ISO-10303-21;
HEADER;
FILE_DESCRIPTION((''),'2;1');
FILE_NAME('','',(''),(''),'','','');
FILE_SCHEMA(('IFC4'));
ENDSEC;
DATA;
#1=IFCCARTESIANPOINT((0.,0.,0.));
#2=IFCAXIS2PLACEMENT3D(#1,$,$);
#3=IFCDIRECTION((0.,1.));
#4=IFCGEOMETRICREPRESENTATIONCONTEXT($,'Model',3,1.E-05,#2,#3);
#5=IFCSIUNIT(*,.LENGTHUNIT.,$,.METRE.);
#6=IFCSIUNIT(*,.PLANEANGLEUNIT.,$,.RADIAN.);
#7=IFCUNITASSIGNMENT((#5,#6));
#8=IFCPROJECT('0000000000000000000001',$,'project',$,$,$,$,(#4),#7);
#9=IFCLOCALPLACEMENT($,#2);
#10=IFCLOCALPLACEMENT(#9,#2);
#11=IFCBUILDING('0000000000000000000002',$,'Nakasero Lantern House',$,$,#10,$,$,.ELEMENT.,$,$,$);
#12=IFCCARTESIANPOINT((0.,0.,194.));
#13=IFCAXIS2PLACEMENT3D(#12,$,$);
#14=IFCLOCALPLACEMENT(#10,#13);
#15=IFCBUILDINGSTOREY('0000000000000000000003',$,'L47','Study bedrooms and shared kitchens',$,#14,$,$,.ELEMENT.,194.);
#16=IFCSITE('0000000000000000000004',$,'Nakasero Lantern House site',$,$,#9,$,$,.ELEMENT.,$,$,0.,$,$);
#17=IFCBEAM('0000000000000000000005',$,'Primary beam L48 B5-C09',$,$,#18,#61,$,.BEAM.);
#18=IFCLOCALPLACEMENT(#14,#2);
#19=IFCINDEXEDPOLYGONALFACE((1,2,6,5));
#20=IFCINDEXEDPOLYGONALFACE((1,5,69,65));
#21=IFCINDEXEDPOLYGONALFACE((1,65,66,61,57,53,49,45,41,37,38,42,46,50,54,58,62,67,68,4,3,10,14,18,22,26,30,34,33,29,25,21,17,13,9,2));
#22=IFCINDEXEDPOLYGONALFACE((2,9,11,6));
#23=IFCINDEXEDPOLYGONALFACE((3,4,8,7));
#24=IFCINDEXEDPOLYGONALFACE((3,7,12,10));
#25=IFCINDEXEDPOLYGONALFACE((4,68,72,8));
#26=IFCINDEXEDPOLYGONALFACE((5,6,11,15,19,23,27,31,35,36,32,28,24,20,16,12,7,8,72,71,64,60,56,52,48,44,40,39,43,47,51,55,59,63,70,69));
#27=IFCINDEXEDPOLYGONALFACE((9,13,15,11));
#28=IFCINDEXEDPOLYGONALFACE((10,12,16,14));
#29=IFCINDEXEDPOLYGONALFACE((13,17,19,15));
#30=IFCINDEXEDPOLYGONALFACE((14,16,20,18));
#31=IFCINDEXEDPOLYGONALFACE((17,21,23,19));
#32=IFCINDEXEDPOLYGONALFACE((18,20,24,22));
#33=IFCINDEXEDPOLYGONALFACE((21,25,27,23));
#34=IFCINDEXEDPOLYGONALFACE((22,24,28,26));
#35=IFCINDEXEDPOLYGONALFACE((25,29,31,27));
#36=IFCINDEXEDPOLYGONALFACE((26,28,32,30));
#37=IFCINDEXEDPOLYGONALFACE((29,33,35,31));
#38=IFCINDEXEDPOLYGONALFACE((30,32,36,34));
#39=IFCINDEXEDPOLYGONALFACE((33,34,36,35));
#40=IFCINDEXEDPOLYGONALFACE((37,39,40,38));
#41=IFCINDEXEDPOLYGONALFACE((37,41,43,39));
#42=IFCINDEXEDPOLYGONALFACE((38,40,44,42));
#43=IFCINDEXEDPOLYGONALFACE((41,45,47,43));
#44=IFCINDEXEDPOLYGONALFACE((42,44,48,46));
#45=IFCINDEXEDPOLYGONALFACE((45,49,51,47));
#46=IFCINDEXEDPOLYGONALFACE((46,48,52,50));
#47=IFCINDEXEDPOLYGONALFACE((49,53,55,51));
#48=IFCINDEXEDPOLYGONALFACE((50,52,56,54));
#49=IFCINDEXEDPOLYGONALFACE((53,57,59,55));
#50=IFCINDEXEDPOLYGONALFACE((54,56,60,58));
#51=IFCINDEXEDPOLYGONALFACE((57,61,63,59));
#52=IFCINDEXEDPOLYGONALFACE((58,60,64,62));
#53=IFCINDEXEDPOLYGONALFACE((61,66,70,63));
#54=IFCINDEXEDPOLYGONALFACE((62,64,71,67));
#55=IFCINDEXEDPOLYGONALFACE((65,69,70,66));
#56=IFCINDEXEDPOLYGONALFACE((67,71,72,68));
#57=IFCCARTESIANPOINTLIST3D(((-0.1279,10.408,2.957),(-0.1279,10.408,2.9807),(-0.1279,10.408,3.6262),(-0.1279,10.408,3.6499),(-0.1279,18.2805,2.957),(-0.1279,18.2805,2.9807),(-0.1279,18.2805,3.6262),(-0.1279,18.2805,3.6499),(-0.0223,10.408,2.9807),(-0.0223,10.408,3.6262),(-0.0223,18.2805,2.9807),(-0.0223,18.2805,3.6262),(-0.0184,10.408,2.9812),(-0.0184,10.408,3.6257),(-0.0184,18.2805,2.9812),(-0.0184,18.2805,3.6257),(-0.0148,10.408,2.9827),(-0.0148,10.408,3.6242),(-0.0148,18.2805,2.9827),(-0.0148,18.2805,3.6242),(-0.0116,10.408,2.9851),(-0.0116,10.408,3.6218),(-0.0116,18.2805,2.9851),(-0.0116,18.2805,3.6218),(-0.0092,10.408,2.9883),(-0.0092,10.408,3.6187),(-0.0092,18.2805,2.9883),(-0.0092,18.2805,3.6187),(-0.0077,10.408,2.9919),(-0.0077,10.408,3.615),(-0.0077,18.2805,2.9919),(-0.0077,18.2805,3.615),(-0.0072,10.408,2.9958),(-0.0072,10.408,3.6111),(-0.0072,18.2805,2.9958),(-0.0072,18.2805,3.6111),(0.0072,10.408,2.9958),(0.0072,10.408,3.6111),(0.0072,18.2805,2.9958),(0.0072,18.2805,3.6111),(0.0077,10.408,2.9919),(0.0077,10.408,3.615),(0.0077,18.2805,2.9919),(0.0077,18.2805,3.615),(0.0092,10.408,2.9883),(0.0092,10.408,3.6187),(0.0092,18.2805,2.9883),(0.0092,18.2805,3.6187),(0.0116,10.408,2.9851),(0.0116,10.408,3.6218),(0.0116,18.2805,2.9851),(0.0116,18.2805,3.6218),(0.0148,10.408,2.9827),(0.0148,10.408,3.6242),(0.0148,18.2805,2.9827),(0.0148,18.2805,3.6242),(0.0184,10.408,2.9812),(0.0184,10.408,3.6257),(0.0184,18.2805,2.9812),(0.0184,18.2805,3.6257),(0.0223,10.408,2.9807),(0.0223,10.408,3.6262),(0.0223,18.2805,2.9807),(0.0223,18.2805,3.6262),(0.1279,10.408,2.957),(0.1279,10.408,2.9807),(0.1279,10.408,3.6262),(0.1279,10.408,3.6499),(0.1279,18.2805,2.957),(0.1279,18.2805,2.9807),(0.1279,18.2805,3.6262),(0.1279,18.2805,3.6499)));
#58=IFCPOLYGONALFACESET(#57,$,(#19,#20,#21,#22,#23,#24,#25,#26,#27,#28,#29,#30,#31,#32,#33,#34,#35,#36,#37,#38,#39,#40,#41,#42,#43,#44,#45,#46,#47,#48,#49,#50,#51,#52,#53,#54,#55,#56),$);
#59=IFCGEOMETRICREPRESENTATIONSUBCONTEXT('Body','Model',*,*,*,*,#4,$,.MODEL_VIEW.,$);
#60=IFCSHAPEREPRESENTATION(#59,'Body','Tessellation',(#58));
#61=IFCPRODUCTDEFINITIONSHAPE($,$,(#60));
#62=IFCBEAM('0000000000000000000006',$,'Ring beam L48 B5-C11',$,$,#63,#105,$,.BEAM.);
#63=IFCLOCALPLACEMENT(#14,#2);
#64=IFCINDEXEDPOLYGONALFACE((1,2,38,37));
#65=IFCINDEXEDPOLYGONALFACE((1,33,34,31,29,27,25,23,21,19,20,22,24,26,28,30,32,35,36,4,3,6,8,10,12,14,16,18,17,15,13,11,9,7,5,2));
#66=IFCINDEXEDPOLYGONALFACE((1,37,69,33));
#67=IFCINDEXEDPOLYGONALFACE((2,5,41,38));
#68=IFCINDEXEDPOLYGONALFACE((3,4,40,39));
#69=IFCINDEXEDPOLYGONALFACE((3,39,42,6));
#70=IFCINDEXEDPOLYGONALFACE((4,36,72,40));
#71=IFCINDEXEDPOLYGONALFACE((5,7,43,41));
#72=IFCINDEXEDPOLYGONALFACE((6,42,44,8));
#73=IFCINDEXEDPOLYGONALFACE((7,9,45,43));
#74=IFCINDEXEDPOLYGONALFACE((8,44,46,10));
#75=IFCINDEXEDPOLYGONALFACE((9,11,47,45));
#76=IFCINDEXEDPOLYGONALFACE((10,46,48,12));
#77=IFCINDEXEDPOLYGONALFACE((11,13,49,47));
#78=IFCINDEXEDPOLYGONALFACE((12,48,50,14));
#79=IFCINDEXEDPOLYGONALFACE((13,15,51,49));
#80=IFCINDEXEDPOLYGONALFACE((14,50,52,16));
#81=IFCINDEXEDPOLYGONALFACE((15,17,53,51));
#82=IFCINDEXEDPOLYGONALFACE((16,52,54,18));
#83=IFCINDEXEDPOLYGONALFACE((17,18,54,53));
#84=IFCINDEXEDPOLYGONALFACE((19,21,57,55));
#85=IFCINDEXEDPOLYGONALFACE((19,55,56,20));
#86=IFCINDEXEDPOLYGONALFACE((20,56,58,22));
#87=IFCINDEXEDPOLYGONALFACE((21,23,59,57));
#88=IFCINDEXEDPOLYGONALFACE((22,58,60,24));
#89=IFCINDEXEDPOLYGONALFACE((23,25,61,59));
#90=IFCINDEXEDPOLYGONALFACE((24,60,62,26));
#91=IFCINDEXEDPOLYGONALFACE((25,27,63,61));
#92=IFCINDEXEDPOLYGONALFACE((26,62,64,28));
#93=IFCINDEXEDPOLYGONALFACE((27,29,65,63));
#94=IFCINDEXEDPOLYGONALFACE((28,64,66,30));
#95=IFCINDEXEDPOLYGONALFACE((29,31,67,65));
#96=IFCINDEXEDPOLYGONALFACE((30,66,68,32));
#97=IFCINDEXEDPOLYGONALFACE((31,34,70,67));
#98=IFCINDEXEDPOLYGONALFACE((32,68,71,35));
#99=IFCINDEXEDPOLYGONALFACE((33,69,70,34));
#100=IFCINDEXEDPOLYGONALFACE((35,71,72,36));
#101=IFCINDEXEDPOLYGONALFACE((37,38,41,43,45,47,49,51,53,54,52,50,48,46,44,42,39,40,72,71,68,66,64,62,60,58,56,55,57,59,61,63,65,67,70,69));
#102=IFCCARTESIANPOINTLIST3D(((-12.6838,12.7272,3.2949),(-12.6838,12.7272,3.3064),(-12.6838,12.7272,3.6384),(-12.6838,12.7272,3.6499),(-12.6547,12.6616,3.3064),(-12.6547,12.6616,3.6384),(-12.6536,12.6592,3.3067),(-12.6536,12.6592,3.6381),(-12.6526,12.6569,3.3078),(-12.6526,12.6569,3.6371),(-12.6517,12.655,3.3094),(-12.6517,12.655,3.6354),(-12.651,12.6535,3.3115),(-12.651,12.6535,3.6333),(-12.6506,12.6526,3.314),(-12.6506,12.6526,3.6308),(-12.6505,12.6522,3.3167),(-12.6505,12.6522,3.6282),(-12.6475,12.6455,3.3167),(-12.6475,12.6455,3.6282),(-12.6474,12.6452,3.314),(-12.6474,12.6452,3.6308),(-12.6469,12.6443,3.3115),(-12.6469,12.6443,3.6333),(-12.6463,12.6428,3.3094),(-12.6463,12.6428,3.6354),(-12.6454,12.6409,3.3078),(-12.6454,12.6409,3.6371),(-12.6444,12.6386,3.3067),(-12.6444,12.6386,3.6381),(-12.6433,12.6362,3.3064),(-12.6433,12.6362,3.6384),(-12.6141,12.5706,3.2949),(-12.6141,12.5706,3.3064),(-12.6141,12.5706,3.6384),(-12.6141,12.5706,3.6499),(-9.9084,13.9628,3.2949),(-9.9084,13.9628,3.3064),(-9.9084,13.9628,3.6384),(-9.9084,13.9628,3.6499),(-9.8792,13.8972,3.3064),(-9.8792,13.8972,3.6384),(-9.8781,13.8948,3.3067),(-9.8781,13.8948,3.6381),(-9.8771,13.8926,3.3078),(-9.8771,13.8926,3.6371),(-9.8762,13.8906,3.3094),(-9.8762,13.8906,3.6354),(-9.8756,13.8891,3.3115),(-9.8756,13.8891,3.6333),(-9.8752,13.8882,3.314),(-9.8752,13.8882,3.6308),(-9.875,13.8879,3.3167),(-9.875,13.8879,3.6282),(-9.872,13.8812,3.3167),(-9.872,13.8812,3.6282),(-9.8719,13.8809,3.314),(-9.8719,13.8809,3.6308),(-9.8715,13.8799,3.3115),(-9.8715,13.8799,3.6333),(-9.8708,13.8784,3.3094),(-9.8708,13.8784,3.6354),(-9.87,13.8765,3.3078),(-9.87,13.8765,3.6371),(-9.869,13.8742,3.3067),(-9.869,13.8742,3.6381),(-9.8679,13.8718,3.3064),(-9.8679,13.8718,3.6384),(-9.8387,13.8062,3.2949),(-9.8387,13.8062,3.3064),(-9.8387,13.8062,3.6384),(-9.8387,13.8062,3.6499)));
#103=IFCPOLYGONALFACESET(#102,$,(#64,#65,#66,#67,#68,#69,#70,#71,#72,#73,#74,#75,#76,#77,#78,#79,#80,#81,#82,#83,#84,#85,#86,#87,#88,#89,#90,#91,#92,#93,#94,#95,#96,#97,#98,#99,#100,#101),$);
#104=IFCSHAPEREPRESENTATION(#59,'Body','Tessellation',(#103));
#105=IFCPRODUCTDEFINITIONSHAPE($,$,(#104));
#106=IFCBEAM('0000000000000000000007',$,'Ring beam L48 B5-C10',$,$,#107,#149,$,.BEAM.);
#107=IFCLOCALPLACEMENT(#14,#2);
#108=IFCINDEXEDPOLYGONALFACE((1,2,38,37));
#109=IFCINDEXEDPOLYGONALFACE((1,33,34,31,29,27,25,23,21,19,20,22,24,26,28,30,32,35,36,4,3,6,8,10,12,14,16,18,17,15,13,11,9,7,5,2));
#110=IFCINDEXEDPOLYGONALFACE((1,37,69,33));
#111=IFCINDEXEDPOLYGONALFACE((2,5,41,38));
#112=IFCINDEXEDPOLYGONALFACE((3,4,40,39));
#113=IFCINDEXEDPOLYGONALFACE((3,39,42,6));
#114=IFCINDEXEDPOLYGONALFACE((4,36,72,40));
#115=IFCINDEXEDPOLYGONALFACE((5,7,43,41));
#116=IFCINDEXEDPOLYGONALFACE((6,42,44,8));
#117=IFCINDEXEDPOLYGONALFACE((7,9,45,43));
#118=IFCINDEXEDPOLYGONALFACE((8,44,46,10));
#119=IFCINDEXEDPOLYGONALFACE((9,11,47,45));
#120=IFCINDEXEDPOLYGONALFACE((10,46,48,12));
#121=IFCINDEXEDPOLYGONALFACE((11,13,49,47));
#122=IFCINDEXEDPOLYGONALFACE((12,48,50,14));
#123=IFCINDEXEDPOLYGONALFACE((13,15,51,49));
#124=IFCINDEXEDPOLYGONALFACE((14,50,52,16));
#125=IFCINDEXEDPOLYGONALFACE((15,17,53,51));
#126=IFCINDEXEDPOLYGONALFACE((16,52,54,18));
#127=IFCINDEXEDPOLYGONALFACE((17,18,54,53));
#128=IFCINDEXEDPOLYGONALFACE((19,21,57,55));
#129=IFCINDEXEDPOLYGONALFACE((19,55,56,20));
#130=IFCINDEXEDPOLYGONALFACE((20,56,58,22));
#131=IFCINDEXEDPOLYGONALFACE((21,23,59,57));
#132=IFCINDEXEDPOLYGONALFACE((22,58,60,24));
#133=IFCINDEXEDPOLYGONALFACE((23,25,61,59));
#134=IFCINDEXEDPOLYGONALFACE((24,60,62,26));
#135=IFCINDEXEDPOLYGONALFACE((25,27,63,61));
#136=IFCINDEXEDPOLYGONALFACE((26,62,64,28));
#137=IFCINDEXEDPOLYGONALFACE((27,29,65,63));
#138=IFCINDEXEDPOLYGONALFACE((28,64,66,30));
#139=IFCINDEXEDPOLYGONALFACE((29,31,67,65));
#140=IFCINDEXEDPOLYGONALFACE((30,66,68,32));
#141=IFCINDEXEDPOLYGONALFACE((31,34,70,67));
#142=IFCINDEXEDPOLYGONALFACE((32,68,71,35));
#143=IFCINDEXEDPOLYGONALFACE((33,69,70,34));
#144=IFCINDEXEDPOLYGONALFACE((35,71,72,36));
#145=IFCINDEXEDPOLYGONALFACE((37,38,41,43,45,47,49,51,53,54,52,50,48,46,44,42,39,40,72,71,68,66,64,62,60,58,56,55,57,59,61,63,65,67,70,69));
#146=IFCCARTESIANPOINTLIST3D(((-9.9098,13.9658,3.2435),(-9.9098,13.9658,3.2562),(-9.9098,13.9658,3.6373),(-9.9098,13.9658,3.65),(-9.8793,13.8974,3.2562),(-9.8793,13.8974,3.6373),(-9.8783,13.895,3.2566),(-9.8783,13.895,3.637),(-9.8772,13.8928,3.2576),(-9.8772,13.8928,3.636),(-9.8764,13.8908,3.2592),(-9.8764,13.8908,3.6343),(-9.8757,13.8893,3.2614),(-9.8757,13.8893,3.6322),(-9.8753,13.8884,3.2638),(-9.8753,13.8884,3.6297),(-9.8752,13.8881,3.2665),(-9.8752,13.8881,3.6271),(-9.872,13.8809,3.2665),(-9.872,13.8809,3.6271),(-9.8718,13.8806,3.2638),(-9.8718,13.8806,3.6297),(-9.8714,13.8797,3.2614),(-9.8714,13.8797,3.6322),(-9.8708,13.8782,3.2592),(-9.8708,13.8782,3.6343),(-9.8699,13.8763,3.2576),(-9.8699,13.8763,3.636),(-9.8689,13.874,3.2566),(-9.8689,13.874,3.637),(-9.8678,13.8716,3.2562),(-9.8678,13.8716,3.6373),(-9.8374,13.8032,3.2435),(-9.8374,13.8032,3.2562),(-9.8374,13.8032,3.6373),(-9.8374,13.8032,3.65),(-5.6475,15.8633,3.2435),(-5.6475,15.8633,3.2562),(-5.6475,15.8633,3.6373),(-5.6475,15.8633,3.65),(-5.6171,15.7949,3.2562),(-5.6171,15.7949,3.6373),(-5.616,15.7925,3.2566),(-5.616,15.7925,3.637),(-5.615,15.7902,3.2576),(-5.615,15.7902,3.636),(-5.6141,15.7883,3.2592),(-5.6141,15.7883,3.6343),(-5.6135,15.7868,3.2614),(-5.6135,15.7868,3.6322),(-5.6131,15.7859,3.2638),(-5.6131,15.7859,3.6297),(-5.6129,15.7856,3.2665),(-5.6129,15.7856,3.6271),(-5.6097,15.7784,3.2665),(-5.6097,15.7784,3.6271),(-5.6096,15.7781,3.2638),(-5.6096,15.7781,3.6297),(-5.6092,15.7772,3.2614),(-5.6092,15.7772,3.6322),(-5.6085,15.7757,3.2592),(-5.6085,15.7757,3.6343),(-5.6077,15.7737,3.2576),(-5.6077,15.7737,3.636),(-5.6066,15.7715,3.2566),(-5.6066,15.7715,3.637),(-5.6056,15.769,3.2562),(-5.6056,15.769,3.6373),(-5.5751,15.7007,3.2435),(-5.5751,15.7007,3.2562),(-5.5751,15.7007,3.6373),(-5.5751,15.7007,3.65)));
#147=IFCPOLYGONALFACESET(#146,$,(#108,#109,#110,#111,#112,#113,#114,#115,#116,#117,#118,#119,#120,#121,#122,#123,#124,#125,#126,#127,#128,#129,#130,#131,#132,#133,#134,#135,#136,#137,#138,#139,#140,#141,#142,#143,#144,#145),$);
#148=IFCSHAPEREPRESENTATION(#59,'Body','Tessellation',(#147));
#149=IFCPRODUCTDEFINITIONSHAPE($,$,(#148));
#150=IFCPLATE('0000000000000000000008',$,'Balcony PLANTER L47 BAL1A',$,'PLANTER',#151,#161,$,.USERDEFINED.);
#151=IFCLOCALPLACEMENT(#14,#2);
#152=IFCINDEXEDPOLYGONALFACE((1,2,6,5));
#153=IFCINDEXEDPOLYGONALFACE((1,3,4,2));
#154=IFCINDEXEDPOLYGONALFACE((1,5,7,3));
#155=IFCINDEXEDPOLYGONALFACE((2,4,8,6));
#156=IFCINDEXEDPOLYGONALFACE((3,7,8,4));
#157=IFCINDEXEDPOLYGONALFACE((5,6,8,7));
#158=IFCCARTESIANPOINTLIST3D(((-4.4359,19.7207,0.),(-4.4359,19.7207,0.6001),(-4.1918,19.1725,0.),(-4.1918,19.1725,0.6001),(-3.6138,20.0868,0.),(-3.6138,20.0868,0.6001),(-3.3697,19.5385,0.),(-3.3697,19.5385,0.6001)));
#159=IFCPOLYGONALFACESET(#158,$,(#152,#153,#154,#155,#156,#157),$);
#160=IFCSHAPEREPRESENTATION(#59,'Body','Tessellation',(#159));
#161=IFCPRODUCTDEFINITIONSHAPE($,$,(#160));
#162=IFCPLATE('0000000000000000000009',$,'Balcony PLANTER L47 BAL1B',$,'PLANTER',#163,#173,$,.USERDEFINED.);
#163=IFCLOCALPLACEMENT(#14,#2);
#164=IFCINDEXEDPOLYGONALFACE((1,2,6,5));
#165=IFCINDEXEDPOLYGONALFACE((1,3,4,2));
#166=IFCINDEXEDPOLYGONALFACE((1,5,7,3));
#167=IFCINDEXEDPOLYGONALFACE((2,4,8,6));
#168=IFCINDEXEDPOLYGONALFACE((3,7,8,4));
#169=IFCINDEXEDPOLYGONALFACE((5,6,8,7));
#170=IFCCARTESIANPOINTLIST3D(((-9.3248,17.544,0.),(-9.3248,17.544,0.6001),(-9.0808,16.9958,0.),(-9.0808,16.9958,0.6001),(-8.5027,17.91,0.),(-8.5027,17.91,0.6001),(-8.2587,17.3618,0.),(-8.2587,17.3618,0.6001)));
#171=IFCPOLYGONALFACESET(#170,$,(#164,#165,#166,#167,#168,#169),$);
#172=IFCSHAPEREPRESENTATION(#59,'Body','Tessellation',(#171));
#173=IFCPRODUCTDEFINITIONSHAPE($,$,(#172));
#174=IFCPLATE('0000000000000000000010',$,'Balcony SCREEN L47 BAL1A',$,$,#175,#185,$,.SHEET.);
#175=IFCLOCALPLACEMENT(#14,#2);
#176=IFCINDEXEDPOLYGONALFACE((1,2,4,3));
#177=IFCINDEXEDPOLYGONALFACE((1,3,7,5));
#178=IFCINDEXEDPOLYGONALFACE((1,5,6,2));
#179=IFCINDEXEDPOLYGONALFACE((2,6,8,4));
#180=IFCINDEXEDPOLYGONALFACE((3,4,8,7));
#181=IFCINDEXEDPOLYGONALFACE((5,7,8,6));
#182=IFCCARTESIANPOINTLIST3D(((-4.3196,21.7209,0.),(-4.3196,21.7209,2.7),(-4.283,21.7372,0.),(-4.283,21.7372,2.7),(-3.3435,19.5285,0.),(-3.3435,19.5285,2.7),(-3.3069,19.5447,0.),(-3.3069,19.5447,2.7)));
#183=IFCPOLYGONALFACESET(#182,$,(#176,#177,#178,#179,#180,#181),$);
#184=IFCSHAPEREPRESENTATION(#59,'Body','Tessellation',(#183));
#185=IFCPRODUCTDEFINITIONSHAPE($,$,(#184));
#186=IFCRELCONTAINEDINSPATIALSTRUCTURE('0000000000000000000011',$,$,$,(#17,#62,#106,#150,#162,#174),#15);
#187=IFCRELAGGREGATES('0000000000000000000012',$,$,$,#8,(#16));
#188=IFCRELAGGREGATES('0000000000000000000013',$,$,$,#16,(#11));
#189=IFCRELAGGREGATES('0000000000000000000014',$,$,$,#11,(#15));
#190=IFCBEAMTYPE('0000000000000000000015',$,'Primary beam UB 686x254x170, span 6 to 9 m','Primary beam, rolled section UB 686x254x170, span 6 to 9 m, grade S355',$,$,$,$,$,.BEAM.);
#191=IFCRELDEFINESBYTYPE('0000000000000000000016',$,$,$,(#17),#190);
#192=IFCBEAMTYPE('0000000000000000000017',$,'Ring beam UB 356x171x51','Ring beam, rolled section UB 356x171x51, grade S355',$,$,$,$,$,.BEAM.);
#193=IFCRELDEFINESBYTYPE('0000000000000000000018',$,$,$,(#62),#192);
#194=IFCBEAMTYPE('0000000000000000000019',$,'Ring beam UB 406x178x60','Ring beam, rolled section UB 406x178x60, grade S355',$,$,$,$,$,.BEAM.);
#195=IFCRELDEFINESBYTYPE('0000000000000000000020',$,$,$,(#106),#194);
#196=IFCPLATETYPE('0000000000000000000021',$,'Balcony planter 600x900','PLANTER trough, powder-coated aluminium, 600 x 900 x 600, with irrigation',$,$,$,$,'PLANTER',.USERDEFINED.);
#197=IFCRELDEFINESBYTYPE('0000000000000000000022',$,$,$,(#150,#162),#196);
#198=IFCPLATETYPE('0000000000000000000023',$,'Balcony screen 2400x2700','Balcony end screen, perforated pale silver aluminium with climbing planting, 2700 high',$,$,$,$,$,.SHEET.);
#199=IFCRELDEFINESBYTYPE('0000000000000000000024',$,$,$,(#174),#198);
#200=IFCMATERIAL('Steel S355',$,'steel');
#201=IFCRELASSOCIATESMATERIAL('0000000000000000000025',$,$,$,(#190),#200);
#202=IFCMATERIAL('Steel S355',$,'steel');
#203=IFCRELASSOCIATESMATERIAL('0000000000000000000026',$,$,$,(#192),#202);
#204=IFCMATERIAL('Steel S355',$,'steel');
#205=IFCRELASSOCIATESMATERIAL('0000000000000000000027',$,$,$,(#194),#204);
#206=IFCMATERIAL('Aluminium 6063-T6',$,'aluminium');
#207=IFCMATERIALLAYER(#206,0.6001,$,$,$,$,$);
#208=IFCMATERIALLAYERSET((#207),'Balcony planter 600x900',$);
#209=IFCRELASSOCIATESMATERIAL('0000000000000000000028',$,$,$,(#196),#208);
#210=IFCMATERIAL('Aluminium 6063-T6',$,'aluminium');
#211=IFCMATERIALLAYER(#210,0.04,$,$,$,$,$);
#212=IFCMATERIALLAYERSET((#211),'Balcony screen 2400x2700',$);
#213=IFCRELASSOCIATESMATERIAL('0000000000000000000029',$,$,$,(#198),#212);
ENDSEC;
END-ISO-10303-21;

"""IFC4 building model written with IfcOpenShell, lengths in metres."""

from ifc_helpers import new_model, si_unit, direction, frame, origin, origin_2d, place, context, subcontext, project, spatial, rectangle, i_section, extrude, material, layer, layer_set, material_profile, profile_set, type_object, element, save


model = new_model("IFC4")

# Units and contexts
model_context = context("Model", 3, precision=1e-05, world=origin(), true_north=direction((0.0, 1.0)))
body_context = subcontext(model_context, "Body", "Model", "MODEL_VIEW")
ifc_project = project(units=[si_unit("LENGTHUNIT", "METRE"), si_unit("PLANEANGLEUNIT", "RADIAN")], contexts=[model_context])

# Site, building, storey
site_placement = place(None, origin())
site = spatial("IfcSite", under=ifc_project, at=site_placement, Name="Nakasero Lantern House site", CompositionType="ELEMENT", RefElevation=0.0)
building_placement = place(site_placement, origin())
building = spatial("IfcBuilding", under=site, at=building_placement, Name="Nakasero Lantern House", CompositionType="ELEMENT")
storey_placement = place(building_placement, frame((0.0, 0.0, 194.0)))
storey = spatial("IfcBuildingStorey", under=building, at=storey_placement, Name="L47", Description="Study bedrooms and shared kitchens", CompositionType="ELEMENT", Elevation=194.0)

# Beams
ifc_material_1 = material(Name="Steel S355", Category="steel")
ifc_material_profile_1 = material_profile(ifc_material_1, i_section(OverallWidth=0.2559, OverallDepth=0.6929, WebThickness=0.0144, FlangeThickness=0.0237, FilletRadius=0.0151, at=origin_2d()), Name="UB 686x254x170")
ifc_profile_set_1 = profile_set([ifc_material_profile_1], Name="Steel S355")
beam_type_1 = type_object("IfcBeamType", Name="Primary beam UB 686x254x170, span 6 to 9 m", Description="Primary beam, rolled section UB 686x254x170, span 6 to 9 m, grade S355", PredefinedType="BEAM", material=ifc_profile_set_1)
beam_1_placement = place(storey_placement, frame((0.0, 18.2805, 3.3035), z_axis=(0.0, -1.0, 0.0), x_axis=(1.0, 0.0, 0.0)))
element("IfcBeam", 1, at=beam_1_placement, inside=storey, type_object=beam_type_1, Name="Primary beam L48 B5-C09", PredefinedType="BEAM", context=body_context, shape_type="SweptSolid", body=[
    extrude(i_section(OverallWidth=0.2559, OverallDepth=0.6929, WebThickness=0.0144, FlangeThickness=0.0237, FilletRadius=0.0151, at=origin_2d()), origin(), (0.0, 0.0, 1.0), 7.8726),
])
ifc_material_2 = material(Name="Steel S355", Category="steel")
ifc_material_profile_2 = material_profile(ifc_material_2, i_section(OverallWidth=0.1714, OverallDepth=0.355, WebThickness=0.0073, FlangeThickness=0.0115, FilletRadius=0.0103, at=origin_2d()), Name="UB 356x171x51")
ifc_profile_set_2 = profile_set([ifc_material_profile_2], Name="Steel S355")
beam_type_2 = type_object("IfcBeamType", Name="Ring beam UB 356x171x51", Description="Ring beam, rolled section UB 356x171x51, grade S355", PredefinedType="BEAM", material=ifc_profile_set_2)
beam_2_placement = place(storey_placement, frame((-9.8735, 13.8845, 3.4724), z_axis=(-0.913556, -0.406713, 0.0), x_axis=(0.406713, -0.913556, 0.0)))
element("IfcBeam", 2, at=beam_2_placement, inside=storey, type_object=beam_type_2, Name="Ring beam L48 B5-C11", PredefinedType="BEAM", context=body_context, shape_type="SweptSolid", body=[
    extrude(i_section(OverallWidth=0.1714, OverallDepth=0.355, WebThickness=0.0073, FlangeThickness=0.0115, FilletRadius=0.0103, at=origin_2d()), origin(), (0.0, 0.0, 1.0), 3.0381),
])
ifc_material_3 = material(Name="Steel S355", Category="steel")
ifc_material_profile_3 = material_profile(ifc_material_3, i_section(OverallWidth=0.178, OverallDepth=0.4065, WebThickness=0.0078, FlangeThickness=0.0127, FilletRadius=0.0103, at=origin_2d()), Name="UB 406x178x60")
ifc_profile_set_3 = profile_set([ifc_material_profile_3], Name="Steel S355")
beam_type_3 = type_object("IfcBeamType", Name="Ring beam UB 406x178x60", Description="Ring beam, rolled section UB 406x178x60, grade S355", PredefinedType="BEAM", material=ifc_profile_set_3)
beam_3_placement = place(storey_placement, frame((-5.6113, 15.782, 3.4468), z_axis=(-0.913561, -0.406702, 0.0), x_axis=(0.406702, -0.913561, 0.0)))
element("IfcBeam", 3, at=beam_3_placement, inside=storey, type_object=beam_type_3, Name="Ring beam L48 B5-C10", PredefinedType="BEAM", context=body_context, shape_type="SweptSolid", body=[
    extrude(i_section(OverallWidth=0.178, OverallDepth=0.4065, WebThickness=0.0078, FlangeThickness=0.0127, FilletRadius=0.0103, at=origin_2d()), origin(), (0.0, 0.0, 1.0), 4.6655),
])

# Plates
ifc_material_4 = material(Name="Aluminium 6063-T6", Category="aluminium")
ifc_layer_1 = layer(ifc_material_4, 0.6001)
ifc_layer_set_1 = layer_set([ifc_layer_1], Name="Balcony planter 600x900")
plate_type_1 = type_object("IfcPlateType", Name="Balcony planter 600x900", Description="PLANTER trough, powder-coated aluminium, 600 x 900 x 600, with irrigation", ElementType="PLANTER", PredefinedType="USERDEFINED", material=ifc_layer_set_1)
for number, where, z_axis, x_axis, name in (
    (4, (-3.9028, 19.6296, 0.0), (0.0, 0.0, 1.0), (-0.406737, 0.913545, 0.0), "Balcony PLANTER L47 BAL1A"),
    (5, (-8.7917, 17.4529, 0.0), (0.0, 0.0, 1.0), (-0.406737, 0.913545, 0.0), "Balcony PLANTER L47 BAL1B"),
):
    element("IfcPlate", number, at=place(storey_placement, frame(where, z_axis=z_axis, x_axis=x_axis)), inside=storey, type_object=plate_type_1, Name=name, ObjectType="PLANTER", PredefinedType="USERDEFINED", context=body_context, shape_type="SweptSolid", body=[
        extrude(rectangle(XDim=0.6001, YDim=0.8999, at=origin_2d()), origin(), (0.0, 0.0, 1.0), 0.6001),
    ])
ifc_material_5 = material(Name="Aluminium 6063-T6", Category="aluminium")
ifc_layer_2 = layer(ifc_material_5, 0.04)
ifc_layer_set_2 = layer_set([ifc_layer_2], Name="Balcony screen 2400x2700")
plate_type_2 = type_object("IfcPlateType", Name="Balcony screen 2400x2700", Description="Balcony end screen, perforated pale silver aluminium with climbing planting, 2700 high", PredefinedType="SHEET", material=ifc_layer_set_2)
for number, where, z_axis, x_axis, name in (
    (6, (-3.8132, 20.6328, 0.0), (0.0, 0.0, 1.0), (-0.406737, 0.913545, 0.0), "Balcony SCREEN L47 BAL1A"),
):
    element("IfcPlate", number, at=place(storey_placement, frame(where, z_axis=z_axis, x_axis=x_axis)), inside=storey, type_object=plate_type_2, Name=name, PredefinedType="SHEET", context=body_context, shape_type="SweptSolid", body=[
        extrude(rectangle(XDim=2.3999, YDim=0.04, at=origin_2d()), origin(), (0.0, 0.0, 1.0), 2.7),
    ])

save(model, "model.ifc")
